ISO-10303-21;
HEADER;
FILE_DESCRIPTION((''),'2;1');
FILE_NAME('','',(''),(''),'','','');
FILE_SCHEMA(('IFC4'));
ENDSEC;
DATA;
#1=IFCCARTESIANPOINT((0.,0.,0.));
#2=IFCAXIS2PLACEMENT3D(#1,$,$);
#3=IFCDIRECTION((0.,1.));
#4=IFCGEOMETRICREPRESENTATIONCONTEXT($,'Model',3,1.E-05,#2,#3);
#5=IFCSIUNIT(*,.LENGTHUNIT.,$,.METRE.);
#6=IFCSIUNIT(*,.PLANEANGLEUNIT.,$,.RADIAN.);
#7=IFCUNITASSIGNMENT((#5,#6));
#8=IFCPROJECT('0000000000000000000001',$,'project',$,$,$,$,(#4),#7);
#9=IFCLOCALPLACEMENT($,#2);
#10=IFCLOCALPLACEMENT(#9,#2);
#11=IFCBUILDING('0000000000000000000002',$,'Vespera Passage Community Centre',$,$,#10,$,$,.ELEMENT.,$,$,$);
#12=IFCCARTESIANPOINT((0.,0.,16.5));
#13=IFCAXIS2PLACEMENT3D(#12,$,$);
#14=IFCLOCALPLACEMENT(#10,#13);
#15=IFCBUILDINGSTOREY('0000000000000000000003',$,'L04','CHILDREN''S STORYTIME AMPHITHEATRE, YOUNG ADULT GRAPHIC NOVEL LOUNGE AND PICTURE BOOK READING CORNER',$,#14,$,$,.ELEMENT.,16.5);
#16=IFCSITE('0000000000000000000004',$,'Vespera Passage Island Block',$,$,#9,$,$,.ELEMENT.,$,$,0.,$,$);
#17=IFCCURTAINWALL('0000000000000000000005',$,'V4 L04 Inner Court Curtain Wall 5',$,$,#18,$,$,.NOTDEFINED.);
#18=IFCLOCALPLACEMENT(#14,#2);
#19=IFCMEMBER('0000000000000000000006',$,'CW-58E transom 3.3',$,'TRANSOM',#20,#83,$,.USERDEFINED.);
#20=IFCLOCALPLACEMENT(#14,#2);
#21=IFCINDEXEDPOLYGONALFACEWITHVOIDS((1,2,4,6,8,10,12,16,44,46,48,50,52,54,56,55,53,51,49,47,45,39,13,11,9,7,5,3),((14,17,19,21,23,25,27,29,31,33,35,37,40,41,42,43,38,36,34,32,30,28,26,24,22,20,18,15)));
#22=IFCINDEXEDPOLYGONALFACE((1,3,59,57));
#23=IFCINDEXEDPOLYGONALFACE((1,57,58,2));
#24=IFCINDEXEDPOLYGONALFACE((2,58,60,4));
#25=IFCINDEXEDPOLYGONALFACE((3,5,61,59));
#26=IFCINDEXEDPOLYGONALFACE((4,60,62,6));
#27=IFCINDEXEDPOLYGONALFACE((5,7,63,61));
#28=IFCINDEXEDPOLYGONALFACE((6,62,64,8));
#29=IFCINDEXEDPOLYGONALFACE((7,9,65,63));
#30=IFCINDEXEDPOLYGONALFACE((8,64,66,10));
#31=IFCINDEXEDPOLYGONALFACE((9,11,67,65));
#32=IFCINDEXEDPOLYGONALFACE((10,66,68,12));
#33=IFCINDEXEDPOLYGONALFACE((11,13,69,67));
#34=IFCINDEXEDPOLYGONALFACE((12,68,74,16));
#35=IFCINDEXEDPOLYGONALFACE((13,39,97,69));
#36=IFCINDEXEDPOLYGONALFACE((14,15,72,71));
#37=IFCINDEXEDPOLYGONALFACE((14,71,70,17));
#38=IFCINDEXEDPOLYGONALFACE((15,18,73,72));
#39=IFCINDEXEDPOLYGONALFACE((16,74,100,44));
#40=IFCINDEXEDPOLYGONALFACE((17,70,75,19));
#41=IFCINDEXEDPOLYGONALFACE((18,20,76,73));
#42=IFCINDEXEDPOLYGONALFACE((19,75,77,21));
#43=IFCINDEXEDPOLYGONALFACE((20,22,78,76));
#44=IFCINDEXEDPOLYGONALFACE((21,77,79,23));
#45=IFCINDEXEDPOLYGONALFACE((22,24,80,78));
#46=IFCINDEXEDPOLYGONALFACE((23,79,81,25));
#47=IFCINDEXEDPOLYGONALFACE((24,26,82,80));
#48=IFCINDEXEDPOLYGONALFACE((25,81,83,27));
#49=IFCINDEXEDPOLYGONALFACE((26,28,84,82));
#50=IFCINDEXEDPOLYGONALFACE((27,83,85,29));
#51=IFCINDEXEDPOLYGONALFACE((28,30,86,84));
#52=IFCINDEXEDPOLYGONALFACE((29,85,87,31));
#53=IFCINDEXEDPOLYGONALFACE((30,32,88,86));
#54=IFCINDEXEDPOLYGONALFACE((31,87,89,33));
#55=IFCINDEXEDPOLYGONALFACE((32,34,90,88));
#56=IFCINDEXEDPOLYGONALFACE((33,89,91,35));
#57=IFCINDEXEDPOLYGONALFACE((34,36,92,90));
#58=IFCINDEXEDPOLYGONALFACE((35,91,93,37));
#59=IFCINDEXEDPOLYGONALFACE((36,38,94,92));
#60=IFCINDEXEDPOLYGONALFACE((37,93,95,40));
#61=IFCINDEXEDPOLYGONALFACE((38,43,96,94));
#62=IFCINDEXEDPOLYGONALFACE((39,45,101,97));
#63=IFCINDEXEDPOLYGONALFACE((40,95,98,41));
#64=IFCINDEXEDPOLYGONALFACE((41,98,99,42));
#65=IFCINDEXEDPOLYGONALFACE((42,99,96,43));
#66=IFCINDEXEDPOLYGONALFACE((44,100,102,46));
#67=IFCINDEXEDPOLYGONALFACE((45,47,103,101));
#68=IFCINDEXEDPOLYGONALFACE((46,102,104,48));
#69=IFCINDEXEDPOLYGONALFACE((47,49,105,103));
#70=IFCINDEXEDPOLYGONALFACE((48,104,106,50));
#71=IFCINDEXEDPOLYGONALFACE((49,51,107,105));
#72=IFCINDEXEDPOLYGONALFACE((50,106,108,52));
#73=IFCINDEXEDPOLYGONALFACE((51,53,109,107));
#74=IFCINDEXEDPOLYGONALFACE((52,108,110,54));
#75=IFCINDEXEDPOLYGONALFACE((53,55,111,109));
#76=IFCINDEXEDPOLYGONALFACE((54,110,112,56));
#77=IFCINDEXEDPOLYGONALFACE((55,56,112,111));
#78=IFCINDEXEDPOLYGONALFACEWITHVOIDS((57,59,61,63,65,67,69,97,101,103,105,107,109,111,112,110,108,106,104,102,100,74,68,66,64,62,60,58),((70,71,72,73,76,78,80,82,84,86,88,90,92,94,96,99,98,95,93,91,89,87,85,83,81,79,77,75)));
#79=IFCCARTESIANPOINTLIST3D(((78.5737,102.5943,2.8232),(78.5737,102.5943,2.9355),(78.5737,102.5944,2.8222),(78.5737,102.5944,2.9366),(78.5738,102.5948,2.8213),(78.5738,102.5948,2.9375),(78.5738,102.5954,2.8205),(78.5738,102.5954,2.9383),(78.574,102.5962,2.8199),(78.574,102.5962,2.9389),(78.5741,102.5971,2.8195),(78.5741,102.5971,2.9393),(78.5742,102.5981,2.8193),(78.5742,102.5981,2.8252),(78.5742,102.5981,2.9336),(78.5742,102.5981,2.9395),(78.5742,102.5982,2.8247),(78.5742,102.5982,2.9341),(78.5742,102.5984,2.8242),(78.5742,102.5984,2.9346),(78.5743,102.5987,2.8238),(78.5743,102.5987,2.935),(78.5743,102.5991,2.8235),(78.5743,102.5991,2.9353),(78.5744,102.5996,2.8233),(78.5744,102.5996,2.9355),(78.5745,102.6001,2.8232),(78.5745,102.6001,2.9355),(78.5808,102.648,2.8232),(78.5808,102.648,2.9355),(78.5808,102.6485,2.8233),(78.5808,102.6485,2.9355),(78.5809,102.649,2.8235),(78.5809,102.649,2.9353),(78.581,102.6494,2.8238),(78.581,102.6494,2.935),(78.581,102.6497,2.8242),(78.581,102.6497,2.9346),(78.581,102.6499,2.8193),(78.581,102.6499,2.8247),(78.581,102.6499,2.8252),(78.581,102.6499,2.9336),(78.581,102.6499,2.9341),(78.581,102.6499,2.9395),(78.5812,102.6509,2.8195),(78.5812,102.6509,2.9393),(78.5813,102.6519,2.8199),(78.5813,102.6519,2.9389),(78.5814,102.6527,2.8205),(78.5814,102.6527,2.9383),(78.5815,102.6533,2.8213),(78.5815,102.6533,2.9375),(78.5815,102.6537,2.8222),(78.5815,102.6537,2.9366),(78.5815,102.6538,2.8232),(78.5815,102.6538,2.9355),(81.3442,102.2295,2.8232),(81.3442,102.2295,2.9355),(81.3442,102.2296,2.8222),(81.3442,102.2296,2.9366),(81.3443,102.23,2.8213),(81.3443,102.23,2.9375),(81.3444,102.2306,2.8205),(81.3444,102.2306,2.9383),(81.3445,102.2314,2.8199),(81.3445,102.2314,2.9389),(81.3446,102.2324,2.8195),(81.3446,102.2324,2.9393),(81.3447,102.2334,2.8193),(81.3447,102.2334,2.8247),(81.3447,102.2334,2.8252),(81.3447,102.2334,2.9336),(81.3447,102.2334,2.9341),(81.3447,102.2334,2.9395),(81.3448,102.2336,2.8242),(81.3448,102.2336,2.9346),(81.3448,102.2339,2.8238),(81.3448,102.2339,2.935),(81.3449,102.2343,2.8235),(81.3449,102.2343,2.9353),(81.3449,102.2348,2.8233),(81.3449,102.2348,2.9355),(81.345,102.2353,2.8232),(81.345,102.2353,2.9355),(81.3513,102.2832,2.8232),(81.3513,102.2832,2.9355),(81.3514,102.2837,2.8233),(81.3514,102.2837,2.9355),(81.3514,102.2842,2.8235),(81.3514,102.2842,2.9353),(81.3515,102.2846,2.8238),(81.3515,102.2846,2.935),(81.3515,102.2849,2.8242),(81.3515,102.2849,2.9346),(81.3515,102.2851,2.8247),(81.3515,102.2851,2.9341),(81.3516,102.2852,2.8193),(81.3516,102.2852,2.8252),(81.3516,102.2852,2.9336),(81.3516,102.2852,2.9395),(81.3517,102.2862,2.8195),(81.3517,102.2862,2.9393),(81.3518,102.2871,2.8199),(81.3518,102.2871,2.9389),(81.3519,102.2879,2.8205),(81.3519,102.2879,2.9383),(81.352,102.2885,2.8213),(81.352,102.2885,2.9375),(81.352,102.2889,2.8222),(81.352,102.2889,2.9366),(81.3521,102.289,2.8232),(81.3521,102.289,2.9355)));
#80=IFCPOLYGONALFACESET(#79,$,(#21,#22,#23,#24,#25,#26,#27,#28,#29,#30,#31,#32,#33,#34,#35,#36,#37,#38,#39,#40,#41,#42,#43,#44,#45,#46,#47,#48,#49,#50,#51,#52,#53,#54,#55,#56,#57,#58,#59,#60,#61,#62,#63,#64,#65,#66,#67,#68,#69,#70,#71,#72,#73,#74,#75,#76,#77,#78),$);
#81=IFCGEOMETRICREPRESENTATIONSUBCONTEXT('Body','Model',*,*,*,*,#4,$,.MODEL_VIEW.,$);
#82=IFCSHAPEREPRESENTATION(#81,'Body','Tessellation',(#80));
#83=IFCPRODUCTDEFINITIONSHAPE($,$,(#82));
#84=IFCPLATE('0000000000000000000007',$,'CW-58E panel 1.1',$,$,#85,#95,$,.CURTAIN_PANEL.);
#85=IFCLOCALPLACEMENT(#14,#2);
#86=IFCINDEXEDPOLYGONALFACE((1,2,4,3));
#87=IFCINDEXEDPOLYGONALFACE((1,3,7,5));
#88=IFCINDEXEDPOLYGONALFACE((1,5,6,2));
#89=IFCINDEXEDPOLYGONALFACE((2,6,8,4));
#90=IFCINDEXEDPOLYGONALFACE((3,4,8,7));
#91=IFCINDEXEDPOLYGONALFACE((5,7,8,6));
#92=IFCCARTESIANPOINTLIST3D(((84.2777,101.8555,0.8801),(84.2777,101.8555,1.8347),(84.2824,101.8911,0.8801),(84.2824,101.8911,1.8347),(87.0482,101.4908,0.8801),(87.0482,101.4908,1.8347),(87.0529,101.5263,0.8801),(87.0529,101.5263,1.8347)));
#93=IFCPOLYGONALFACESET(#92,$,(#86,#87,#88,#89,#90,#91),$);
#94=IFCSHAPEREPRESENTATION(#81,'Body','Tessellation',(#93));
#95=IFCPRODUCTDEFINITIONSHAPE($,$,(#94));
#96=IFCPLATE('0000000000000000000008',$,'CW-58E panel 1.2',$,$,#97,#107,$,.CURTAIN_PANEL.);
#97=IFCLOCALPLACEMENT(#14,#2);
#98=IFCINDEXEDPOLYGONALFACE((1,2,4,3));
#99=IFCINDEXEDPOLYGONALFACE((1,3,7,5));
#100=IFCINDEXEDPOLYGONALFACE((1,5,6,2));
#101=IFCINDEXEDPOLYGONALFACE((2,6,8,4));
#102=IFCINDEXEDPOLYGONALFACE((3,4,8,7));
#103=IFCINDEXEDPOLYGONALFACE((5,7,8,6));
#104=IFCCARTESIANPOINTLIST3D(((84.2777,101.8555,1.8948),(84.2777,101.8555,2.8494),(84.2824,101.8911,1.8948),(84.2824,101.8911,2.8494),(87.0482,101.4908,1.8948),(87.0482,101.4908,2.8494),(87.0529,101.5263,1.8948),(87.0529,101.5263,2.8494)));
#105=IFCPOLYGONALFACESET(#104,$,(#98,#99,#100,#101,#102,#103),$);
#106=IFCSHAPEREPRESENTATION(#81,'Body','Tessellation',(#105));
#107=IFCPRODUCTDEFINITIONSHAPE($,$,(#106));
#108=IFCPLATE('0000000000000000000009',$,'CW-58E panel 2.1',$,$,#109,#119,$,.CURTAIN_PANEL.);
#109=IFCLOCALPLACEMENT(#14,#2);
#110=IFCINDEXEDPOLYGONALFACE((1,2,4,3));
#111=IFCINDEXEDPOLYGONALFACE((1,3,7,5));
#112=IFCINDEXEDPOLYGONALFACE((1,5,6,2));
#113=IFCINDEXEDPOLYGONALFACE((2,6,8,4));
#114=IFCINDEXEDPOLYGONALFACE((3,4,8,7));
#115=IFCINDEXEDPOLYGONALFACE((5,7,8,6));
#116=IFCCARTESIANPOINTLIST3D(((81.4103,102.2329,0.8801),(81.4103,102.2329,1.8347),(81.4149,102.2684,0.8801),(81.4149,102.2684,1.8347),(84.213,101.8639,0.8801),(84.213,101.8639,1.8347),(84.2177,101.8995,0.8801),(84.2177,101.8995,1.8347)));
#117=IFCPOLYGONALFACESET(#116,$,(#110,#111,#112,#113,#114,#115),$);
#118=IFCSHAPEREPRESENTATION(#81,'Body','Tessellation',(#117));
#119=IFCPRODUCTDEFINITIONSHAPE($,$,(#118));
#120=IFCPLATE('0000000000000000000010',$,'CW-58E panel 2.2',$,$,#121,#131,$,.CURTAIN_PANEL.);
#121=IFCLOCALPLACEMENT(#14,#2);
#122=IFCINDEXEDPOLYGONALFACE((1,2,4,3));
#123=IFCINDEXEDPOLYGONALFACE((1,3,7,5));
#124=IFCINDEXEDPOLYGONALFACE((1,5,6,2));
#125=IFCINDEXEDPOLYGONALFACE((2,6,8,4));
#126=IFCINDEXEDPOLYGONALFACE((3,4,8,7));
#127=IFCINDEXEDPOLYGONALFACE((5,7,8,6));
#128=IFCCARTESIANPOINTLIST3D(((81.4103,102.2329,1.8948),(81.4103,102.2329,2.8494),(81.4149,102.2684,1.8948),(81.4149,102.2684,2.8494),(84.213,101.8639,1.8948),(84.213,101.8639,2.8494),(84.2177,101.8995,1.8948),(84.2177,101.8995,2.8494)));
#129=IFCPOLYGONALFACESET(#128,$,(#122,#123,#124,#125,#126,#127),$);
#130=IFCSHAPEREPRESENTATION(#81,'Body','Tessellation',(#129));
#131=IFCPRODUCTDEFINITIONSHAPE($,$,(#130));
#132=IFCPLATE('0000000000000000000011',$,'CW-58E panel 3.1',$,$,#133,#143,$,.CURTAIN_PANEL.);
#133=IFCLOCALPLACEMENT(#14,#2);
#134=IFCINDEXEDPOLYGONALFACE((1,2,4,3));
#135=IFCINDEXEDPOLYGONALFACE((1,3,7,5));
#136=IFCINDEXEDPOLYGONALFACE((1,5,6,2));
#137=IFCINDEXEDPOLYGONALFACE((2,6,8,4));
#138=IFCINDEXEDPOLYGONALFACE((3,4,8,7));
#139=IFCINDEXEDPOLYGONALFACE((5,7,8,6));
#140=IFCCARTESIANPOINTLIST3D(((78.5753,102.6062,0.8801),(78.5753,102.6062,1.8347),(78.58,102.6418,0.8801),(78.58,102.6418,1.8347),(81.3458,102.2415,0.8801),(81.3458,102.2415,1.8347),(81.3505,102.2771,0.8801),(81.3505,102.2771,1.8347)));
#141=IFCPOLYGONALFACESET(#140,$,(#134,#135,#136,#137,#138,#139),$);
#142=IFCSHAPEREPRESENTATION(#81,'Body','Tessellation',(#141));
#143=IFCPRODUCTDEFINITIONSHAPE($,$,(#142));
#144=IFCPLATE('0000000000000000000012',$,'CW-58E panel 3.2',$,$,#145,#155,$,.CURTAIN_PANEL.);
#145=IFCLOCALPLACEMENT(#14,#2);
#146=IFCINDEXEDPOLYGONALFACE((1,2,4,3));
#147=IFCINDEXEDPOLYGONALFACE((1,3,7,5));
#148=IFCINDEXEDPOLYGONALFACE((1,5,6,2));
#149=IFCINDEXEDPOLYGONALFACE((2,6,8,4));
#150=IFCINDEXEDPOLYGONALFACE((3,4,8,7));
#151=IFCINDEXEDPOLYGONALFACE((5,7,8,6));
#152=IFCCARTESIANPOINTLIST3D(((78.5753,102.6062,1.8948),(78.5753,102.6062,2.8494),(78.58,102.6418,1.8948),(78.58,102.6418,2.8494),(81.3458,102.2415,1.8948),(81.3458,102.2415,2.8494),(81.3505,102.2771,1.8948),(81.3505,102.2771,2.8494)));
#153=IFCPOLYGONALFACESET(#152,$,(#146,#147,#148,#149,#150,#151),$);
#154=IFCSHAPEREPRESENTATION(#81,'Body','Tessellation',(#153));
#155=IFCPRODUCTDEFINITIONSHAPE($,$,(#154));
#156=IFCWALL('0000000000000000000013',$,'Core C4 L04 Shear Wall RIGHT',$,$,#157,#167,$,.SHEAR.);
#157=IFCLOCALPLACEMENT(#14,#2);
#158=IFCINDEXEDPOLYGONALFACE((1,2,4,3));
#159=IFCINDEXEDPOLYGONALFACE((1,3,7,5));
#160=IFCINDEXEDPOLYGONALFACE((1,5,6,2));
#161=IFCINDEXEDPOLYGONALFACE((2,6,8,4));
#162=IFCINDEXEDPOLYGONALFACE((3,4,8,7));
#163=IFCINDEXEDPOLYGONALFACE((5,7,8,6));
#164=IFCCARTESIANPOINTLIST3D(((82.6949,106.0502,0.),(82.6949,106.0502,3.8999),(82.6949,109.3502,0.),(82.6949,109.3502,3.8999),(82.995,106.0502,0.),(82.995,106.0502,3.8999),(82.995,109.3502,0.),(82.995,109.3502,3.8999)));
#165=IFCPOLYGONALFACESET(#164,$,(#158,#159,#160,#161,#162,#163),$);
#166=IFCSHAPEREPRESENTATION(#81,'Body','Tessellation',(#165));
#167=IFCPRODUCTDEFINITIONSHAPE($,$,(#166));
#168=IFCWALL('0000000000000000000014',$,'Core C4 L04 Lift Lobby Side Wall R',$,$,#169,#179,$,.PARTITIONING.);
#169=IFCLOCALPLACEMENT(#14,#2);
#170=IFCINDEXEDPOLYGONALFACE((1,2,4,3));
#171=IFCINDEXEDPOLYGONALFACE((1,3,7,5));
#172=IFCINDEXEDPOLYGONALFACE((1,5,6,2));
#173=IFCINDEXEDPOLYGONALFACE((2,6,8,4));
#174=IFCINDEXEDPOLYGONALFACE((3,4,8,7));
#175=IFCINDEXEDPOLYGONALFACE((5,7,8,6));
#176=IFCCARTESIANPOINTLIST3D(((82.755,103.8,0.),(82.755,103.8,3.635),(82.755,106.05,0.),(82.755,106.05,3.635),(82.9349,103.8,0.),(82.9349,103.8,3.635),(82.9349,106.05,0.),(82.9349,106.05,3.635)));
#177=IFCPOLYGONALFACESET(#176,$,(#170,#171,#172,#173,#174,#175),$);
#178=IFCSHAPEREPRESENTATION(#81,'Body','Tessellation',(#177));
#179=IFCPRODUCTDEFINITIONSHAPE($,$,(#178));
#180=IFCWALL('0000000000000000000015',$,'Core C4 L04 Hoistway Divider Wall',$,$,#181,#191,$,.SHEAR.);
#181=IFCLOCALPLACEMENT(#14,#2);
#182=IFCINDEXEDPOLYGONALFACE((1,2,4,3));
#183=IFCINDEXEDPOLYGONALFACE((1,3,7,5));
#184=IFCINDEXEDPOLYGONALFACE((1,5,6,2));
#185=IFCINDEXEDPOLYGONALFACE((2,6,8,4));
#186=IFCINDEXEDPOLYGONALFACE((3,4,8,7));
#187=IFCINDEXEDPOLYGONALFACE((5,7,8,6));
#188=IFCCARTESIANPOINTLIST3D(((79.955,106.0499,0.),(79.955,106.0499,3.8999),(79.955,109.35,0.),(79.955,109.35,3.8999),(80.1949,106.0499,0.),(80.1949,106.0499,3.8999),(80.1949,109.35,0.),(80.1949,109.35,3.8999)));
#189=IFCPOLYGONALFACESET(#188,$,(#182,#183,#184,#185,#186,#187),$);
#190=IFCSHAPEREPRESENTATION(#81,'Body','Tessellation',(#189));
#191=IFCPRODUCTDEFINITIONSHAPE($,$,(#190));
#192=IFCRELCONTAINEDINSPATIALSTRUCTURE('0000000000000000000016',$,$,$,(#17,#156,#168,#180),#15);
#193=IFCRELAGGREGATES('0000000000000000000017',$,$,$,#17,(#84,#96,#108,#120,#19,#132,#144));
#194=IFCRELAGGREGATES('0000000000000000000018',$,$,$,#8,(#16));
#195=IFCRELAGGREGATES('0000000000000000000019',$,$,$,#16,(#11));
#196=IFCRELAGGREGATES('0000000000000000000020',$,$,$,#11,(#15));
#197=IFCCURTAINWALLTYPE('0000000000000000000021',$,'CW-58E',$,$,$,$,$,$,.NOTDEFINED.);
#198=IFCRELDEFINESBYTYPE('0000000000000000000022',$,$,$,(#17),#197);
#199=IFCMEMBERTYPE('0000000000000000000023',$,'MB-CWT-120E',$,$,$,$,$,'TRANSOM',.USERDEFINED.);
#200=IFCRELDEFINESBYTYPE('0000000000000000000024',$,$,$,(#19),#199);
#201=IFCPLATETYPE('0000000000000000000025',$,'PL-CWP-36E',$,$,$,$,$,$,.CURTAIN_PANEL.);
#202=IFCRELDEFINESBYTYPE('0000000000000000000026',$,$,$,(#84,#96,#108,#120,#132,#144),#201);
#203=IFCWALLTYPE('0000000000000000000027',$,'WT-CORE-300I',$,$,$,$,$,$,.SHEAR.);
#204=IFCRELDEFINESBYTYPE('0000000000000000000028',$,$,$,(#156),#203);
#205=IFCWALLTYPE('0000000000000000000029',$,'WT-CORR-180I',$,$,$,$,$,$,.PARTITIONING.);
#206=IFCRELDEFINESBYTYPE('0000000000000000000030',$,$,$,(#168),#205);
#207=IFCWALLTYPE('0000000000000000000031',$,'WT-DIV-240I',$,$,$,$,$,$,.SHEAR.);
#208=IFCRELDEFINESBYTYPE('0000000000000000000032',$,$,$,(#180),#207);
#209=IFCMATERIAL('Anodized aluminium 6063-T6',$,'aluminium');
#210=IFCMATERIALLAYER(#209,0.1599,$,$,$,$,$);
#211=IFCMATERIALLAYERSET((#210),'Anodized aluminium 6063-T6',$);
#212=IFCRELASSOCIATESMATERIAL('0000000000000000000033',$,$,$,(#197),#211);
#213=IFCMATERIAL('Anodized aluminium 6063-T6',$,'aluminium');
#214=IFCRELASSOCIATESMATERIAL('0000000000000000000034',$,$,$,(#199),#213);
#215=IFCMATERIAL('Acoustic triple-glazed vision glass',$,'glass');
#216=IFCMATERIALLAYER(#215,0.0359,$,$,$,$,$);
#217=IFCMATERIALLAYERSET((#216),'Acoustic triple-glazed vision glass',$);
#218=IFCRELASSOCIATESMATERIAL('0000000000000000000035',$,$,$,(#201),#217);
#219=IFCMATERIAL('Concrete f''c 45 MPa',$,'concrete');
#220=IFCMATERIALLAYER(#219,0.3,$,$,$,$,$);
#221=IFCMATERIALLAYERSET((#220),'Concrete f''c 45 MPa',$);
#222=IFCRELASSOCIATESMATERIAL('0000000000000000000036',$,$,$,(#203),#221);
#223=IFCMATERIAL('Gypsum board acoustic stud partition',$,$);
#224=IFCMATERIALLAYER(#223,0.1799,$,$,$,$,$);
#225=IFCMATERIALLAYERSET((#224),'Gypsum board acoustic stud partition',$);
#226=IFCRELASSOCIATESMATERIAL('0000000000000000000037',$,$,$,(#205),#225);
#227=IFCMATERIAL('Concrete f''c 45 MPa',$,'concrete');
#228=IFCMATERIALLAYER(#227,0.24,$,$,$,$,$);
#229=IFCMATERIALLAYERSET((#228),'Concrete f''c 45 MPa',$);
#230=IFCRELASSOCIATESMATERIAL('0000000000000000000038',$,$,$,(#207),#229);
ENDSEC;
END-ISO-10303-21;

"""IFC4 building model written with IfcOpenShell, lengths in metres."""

from ifc_helpers import new_model, si_unit, direction, frame, frame_2d, origin, origin_2d, place, context, subcontext, project, spatial, rectangle, hollow_rectangle, extrude, material, layer, layer_set, material_profile, profile_set, type_object, element, aggregate, save


model = new_model("IFC4")

# Units and contexts
model_context = context("Model", 3, precision=1e-05, world=origin(), true_north=direction((0.0, 1.0)))
body_context = subcontext(model_context, "Body", "Model", "MODEL_VIEW")
ifc_project = project(units=[si_unit("LENGTHUNIT", "METRE"), si_unit("PLANEANGLEUNIT", "RADIAN")], contexts=[model_context])

# Site, building, storey
site_placement = place(None, origin())
site = spatial("IfcSite", under=ifc_project, at=site_placement, Name="Vespera Passage Island Block", CompositionType="ELEMENT", RefElevation=0.0)
building_placement = place(site_placement, origin())
building = spatial("IfcBuilding", under=site, at=building_placement, Name="Vespera Passage Community Centre", CompositionType="ELEMENT")
storey_placement = place(building_placement, frame((0.0, 0.0, 16.5)))
storey = spatial("IfcBuildingStorey", under=building, at=storey_placement, Name="L04", Description="CHILDREN'S STORYTIME AMPHITHEATRE, YOUNG ADULT GRAPHIC NOVEL LOUNGE AND PICTURE BOOK READING CORNER", CompositionType="ELEMENT", Elevation=16.5)

# Curtain wall
ifc_material_1 = material(Name="Anodized aluminium 6063-T6", Category="aluminium")
ifc_layer_1 = layer(ifc_material_1, 0.1599)
ifc_layer_set_1 = layer_set([ifc_layer_1], Name="Anodized aluminium 6063-T6")
curtain_wall_type_1 = type_object("IfcCurtainWallType", Name="CW-58E", PredefinedType="NOTDEFINED", material=ifc_layer_set_1)
curtain_wall_1_placement = place(storey_placement, origin())
curtain_wall_1 = element("IfcCurtainWall", 1, at=curtain_wall_1_placement, inside=storey, type_object=curtain_wall_type_1, Name="V4 L04 Inner Court Curtain Wall 5", PredefinedType="NOTDEFINED")

# Member
ifc_material_2 = material(Name="Anodized aluminium 6063-T6", Category="aluminium")
ifc_material_profile_1 = material_profile(ifc_material_2, hollow_rectangle(XDim=0.0601, YDim=0.1201, WallThickness=0.0039, InnerFilletRadius=0.002, OuterFilletRadius=0.0039, at=origin_2d()), Name="ALU120X60X4")
ifc_profile_set_1 = profile_set([ifc_material_profile_1], Name="Anodized aluminium 6063-T6")
member_type_1 = type_object("IfcMemberType", Name="MB-CWT-120E", ElementType="TRANSOM", PredefinedType="USERDEFINED", material=ifc_profile_set_1)
member_1_placement = place(storey_placement, frame((81.3481, 102.2593, 2.8794), z_axis=(-0.991445, 0.130527, 0.0), x_axis=(-0.130527, -0.991445, 0.0)))
member_1 = element("IfcMember", 2, at=member_1_placement, type_object=member_type_1, Name="CW-58E transom 3.3", ObjectType="TRANSOM", PredefinedType="USERDEFINED", context=body_context, shape_type="SweptSolid", body=[
    extrude(hollow_rectangle(XDim=0.0601, YDim=0.1201, WallThickness=0.0039, InnerFilletRadius=0.002, OuterFilletRadius=0.0039, at=origin_2d()), origin(), (0.0, 0.0, 1.0), 2.7944),
])

# Plates
ifc_material_3 = material(Name="Acoustic triple-glazed vision glass", Category="glass")
ifc_layer_2 = layer(ifc_material_3, 0.0359)
ifc_layer_set_2 = layer_set([ifc_layer_2], Name="Acoustic triple-glazed vision glass")
plate_type = type_object("IfcPlateType", Name="PL-CWP-36E", PredefinedType="CURTAIN_PANEL", material=ifc_layer_set_2)
plate_1_placement = place(storey_placement, frame((85.6653, 101.6909, 0.8801), z_axis=(0.0, 0.0, 1.0), x_axis=(-0.991445, 0.130522, 0.0)))
plate_1 = element("IfcPlate", 3, at=plate_1_placement, type_object=plate_type, Name="CW-58E panel 1.1", PredefinedType="CURTAIN_PANEL", context=body_context, shape_type="SweptSolid", body=[
    extrude(rectangle(XDim=2.7944, YDim=0.0359, at=origin_2d()), origin(), (0.0, 0.0, 1.0), 0.9546),
])
plate_2_placement = place(storey_placement, frame((85.6653, 101.6909, 1.8948), z_axis=(0.0, 0.0, 1.0), x_axis=(-0.991445, 0.130522, 0.0)))
plate_2 = element("IfcPlate", 4, at=plate_2_placement, type_object=plate_type, Name="CW-58E panel 1.2", PredefinedType="CURTAIN_PANEL", context=body_context, shape_type="SweptSolid", body=[
    extrude(rectangle(XDim=2.7944, YDim=0.0359, at=origin_2d()), origin(), (0.0, 0.0, 1.0), 0.9546),
])
plate_3_placement = place(storey_placement, frame((82.814, 102.0662, 0.8801), z_axis=(0.0, 0.0, 1.0), x_axis=(-0.991445, 0.130522, 0.0)))
plate_3 = element("IfcPlate", 5, at=plate_3_placement, type_object=plate_type, Name="CW-58E panel 2.1", PredefinedType="CURTAIN_PANEL", context=body_context, shape_type="SweptSolid", body=[
    extrude(rectangle(XDim=2.8269, YDim=0.0359, at=origin_2d()), origin(), (0.0, 0.0, 1.0), 0.9546),
])
plate_4_placement = place(storey_placement, frame((82.814, 102.0662, 1.8948), z_axis=(0.0, 0.0, 1.0), x_axis=(-0.991445, 0.130522, 0.0)))
plate_4 = element("IfcPlate", 6, at=plate_4_placement, type_object=plate_type, Name="CW-58E panel 2.2", PredefinedType="CURTAIN_PANEL", context=body_context, shape_type="SweptSolid", body=[
    extrude(rectangle(XDim=2.8269, YDim=0.0359, at=origin_2d()), origin(), (0.0, 0.0, 1.0), 0.9546),
])
plate_5_placement = place(storey_placement, frame((79.9629, 102.4417, 0.8801), z_axis=(0.0, 0.0, 1.0), x_axis=(-0.991445, 0.130522, 0.0)))
plate_5 = element("IfcPlate", 7, at=plate_5_placement, type_object=plate_type, Name="CW-58E panel 3.1", PredefinedType="CURTAIN_PANEL", context=body_context, shape_type="SweptSolid", body=[
    extrude(rectangle(XDim=2.7944, YDim=0.0359, at=origin_2d()), origin(), (0.0, 0.0, 1.0), 0.9546),
])
plate_6_placement = place(storey_placement, frame((79.9629, 102.4417, 1.8948), z_axis=(0.0, 0.0, 1.0), x_axis=(-0.991445, 0.130522, 0.0)))
plate_6 = element("IfcPlate", 8, at=plate_6_placement, type_object=plate_type, Name="CW-58E panel 3.2", PredefinedType="CURTAIN_PANEL", context=body_context, shape_type="SweptSolid", body=[
    extrude(rectangle(XDim=2.7944, YDim=0.0359, at=origin_2d()), origin(), (0.0, 0.0, 1.0), 0.9546),
])
aggregate(curtain_wall_1, [plate_1, plate_2, plate_3, plate_4, member_1, plate_5, plate_6])

# Shared definitions
ifc_material_4 = material(Name="Concrete f'c 45 MPa", Category="concrete")
ifc_layer_3 = layer(ifc_material_4, 0.3)
ifc_layer_set_3 = layer_set([ifc_layer_3], Name="Concrete f'c 45 MPa")
wall_type_1 = type_object("IfcWallType", Name="WT-CORE-300I", PredefinedType="SHEAR", material=ifc_layer_set_3)

# Walls
wall_1_placement = place(storey_placement, frame((82.845, 109.3501, 0.0), z_axis=(0.0, 0.0, 1.0), x_axis=(0.0, -1.0, 0.0)))
element("IfcWall", 9, at=wall_1_placement, inside=storey, type_object=wall_type_1, Name="Core C4 L04 Shear Wall RIGHT", PredefinedType="SHEAR", context=body_context, shape_type="SweptSolid", body=[
    extrude(rectangle(XDim=3.3, YDim=0.3, at=frame_2d((1.6499, 0.0))), origin(), (0.0, 0.0, 1.0), 3.8999),
])
ifc_material_5 = material(Name="Gypsum board acoustic stud partition")
ifc_layer_4 = layer(ifc_material_5, 0.1799)
ifc_layer_set_4 = layer_set([ifc_layer_4], Name="Gypsum board acoustic stud partition")
wall_type_2 = type_object("IfcWallType", Name="WT-CORR-180I", PredefinedType="PARTITIONING", material=ifc_layer_set_4)
wall_2_placement = place(storey_placement, frame((82.845, 106.05, 0.0), z_axis=(0.0, 0.0, 1.0), x_axis=(0.0, -1.0, 0.0)))
element("IfcWall", 10, at=wall_2_placement, inside=storey, type_object=wall_type_2, Name="Core C4 L04 Lift Lobby Side Wall R", PredefinedType="PARTITIONING", context=body_context, shape_type="SweptSolid", body=[
    extrude(rectangle(XDim=2.25, YDim=0.1799, at=frame_2d((1.125, 0.0))), origin(), (0.0, 0.0, 1.0), 3.635),
])
ifc_material_6 = material(Name="Concrete f'c 45 MPa", Category="concrete")
ifc_layer_5 = layer(ifc_material_6, 0.24)
ifc_layer_set_5 = layer_set([ifc_layer_5], Name="Concrete f'c 45 MPa")
wall_type_3 = type_object("IfcWallType", Name="WT-DIV-240I", PredefinedType="SHEAR", material=ifc_layer_set_5)
wall_3_placement = place(storey_placement, frame((80.075, 106.05, 0.0), z_axis=(0.0, 0.0, 1.0), x_axis=(0.0, 1.0, 0.0)))
element("IfcWall", 11, at=wall_3_placement, inside=storey, type_object=wall_type_3, Name="Core C4 L04 Hoistway Divider Wall", PredefinedType="SHEAR", context=body_context, shape_type="SweptSolid", body=[
    extrude(rectangle(XDim=3.3, YDim=0.24, at=frame_2d((1.6499, 0.0))), origin(), (0.0, 0.0, 1.0), 3.8999),
])

save(model, "model.ifc")
